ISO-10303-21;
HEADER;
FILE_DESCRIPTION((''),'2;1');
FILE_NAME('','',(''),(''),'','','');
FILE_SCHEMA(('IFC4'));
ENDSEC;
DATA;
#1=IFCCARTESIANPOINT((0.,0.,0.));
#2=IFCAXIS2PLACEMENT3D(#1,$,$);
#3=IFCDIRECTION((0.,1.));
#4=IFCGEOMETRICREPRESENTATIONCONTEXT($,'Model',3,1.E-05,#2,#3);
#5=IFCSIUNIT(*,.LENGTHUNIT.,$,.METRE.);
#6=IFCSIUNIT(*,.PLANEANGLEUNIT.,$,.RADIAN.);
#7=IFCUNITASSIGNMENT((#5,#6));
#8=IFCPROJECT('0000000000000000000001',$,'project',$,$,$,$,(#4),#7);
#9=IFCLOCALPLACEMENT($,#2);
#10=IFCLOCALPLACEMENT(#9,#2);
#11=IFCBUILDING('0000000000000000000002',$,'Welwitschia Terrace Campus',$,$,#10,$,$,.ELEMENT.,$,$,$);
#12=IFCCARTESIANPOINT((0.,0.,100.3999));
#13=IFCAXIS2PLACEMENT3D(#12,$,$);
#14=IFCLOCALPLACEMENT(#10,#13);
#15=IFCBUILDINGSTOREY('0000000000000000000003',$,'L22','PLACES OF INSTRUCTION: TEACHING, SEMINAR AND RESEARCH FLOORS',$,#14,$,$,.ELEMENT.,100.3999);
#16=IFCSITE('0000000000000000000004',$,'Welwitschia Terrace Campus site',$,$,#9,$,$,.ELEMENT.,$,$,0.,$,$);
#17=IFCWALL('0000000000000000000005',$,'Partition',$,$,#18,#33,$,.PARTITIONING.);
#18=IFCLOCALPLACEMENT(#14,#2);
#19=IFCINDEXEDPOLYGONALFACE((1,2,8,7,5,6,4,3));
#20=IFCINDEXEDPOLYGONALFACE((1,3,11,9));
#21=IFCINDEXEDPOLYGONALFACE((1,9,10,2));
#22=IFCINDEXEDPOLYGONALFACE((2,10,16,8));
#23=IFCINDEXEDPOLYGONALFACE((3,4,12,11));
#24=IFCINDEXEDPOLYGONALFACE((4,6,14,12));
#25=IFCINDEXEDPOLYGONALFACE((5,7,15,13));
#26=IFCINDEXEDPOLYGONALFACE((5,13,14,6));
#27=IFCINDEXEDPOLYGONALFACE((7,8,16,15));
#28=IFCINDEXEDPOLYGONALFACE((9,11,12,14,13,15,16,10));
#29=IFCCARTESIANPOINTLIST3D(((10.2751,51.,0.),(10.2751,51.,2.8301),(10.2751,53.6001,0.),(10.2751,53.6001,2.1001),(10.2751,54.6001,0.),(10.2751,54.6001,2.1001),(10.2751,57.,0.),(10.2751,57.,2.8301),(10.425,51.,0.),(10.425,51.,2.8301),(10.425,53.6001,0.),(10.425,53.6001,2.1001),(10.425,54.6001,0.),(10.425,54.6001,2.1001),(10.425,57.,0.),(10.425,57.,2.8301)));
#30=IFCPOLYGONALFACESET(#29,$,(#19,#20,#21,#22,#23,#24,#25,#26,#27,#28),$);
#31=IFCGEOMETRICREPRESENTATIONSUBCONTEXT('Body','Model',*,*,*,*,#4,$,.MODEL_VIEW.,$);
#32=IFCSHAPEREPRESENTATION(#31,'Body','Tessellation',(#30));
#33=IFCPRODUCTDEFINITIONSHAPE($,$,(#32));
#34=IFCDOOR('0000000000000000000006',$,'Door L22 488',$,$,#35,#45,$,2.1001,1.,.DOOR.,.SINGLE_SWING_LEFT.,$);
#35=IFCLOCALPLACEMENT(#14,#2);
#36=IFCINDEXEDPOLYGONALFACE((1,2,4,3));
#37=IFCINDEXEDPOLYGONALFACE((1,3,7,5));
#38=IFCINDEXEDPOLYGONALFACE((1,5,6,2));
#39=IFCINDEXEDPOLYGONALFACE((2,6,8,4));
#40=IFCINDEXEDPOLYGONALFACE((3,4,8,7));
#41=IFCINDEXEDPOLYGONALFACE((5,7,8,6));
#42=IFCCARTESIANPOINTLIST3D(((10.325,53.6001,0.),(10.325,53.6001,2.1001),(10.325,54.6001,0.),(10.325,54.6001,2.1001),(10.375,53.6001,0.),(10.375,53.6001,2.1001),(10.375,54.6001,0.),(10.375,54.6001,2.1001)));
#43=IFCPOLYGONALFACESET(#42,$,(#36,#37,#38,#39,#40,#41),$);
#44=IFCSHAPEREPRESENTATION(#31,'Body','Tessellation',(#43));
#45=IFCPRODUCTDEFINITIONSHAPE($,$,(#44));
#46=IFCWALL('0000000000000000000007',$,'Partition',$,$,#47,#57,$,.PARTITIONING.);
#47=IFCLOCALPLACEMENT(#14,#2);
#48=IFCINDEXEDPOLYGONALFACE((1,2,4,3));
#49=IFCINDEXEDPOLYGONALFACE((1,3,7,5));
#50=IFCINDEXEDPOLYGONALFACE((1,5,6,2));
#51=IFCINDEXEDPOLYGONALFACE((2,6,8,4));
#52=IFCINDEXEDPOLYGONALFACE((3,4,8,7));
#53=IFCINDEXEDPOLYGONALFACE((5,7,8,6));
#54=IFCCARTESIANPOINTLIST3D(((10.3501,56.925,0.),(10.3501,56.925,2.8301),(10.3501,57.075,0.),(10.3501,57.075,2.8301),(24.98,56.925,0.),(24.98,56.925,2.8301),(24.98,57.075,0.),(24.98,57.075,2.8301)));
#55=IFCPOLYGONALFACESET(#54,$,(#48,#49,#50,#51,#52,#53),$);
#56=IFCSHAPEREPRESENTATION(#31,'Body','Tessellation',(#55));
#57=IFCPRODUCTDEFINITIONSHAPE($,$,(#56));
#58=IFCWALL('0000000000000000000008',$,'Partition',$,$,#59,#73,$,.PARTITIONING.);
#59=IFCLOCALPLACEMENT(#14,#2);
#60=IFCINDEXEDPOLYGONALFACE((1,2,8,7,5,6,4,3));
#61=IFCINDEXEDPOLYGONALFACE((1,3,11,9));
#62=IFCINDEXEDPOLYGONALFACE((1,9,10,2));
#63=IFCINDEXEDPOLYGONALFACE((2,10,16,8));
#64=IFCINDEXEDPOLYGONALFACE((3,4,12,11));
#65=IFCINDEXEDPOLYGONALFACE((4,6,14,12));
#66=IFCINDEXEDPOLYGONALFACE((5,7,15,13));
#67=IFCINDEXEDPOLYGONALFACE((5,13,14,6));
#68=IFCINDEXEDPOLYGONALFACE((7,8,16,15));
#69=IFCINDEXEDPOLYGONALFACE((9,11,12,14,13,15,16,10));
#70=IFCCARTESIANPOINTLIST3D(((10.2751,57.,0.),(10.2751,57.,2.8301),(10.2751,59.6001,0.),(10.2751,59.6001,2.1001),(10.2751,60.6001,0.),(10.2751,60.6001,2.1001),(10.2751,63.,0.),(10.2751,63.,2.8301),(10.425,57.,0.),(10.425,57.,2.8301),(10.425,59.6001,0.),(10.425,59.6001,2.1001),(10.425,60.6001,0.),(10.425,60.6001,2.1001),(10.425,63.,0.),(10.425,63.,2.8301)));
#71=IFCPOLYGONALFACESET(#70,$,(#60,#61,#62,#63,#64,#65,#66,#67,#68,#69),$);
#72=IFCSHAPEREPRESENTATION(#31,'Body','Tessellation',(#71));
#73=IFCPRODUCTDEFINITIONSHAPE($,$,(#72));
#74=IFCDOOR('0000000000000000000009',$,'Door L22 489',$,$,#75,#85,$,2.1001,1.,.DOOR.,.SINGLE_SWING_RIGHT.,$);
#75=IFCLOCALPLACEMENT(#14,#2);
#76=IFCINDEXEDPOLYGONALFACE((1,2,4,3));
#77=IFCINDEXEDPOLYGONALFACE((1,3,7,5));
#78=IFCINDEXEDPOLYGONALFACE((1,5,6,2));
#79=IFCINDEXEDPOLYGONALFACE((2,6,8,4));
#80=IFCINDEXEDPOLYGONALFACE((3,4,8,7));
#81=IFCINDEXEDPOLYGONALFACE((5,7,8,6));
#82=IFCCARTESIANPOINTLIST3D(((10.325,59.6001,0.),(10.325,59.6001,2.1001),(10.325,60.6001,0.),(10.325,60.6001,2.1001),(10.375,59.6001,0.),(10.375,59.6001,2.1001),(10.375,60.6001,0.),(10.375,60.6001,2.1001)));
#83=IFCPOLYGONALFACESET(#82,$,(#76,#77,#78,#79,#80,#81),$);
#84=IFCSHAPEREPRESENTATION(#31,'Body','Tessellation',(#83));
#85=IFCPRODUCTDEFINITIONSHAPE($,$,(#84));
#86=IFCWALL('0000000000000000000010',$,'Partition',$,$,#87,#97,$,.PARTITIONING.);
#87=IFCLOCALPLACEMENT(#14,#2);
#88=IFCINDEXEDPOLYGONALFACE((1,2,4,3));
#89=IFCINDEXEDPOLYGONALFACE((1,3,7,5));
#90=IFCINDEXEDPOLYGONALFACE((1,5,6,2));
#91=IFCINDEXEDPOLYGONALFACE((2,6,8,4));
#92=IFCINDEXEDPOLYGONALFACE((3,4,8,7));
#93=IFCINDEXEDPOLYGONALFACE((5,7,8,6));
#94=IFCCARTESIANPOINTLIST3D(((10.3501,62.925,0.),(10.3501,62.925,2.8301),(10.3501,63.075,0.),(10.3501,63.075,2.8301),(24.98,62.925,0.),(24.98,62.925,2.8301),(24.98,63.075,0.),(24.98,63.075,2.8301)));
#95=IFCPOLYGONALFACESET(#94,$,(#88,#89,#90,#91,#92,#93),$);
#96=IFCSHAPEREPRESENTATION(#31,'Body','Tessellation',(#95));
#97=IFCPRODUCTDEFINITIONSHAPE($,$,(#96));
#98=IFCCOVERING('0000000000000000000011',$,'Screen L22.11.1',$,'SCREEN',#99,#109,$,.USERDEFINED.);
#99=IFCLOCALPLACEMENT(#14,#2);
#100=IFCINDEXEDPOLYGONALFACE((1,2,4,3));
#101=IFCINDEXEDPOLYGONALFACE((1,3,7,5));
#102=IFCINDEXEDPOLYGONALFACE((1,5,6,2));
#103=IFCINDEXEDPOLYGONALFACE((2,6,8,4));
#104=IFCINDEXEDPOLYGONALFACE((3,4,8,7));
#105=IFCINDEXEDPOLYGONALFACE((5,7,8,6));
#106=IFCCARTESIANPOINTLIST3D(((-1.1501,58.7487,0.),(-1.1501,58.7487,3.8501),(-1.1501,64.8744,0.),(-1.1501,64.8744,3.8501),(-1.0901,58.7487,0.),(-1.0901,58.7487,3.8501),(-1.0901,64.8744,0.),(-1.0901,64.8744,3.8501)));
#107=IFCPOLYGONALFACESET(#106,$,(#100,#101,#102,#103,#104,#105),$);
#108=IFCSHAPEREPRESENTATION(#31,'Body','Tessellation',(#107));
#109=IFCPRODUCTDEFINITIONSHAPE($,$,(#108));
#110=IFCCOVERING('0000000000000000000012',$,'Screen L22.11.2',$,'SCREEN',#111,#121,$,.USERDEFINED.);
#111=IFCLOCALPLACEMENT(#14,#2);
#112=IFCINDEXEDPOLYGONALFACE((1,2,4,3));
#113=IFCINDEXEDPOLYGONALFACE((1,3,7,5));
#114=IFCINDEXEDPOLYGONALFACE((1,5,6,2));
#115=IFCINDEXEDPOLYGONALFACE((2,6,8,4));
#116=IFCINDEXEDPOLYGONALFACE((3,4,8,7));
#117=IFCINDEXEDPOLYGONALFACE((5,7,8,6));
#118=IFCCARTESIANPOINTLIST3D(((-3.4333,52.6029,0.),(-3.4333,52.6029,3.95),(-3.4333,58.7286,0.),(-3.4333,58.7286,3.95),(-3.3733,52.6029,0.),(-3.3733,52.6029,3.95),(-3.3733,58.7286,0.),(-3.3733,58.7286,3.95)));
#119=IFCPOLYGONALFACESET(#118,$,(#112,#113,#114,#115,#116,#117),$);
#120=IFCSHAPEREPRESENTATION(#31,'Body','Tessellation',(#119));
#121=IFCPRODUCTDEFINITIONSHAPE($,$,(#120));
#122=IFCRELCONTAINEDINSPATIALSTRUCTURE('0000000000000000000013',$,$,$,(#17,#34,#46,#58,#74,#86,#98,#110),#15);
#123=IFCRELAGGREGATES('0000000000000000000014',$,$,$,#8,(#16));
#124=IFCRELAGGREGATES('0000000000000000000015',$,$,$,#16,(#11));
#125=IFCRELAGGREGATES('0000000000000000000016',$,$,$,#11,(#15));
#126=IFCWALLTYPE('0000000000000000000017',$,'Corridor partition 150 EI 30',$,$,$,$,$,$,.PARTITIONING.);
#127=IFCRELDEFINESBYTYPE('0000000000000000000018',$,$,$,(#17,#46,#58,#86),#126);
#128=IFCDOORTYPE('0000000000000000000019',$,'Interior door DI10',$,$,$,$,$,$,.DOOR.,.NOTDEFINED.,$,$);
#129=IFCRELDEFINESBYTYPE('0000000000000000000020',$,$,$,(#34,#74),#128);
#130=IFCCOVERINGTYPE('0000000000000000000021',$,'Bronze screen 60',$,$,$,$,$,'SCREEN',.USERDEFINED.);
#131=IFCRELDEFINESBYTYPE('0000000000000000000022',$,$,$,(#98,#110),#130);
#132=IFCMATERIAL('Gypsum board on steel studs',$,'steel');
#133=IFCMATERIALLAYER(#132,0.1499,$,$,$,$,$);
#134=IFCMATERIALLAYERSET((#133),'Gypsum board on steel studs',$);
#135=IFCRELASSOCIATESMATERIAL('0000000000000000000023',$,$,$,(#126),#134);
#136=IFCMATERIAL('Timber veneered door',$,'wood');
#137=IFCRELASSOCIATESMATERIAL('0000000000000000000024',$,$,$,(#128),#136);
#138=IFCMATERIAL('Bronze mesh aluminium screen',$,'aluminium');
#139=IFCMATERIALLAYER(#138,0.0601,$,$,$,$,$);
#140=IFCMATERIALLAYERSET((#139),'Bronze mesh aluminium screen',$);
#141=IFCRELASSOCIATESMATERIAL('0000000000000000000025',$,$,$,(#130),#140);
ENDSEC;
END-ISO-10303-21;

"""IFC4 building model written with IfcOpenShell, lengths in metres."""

from ifc_helpers import new_model, si_unit, direction, frame, frame_2d, origin, origin_2d, place, context, subcontext, project, spatial, rectangle, extrude, material, layer, layer_set, type_object, element, fill, save


model = new_model("IFC4")

# Units and contexts
model_context = context("Model", 3, precision=1e-05, world=origin(), true_north=direction((0.0, 1.0)))
body_context = subcontext(model_context, "Body", "Model", "MODEL_VIEW")
ifc_project = project(units=[si_unit("LENGTHUNIT", "METRE"), si_unit("PLANEANGLEUNIT", "RADIAN")], contexts=[model_context])

# Site, building, storey
site_placement = place(None, origin())
site = spatial("IfcSite", under=ifc_project, at=site_placement, Name="Welwitschia Terrace Campus site", CompositionType="ELEMENT", RefElevation=0.0)
building_placement = place(site_placement, origin())
building = spatial("IfcBuilding", under=site, at=building_placement, Name="Welwitschia Terrace Campus", CompositionType="ELEMENT")
storey_placement = place(building_placement, frame((0.0, 0.0, 100.3999)))
storey = spatial("IfcBuildingStorey", under=building, at=storey_placement, Name="L22", Description="PLACES OF INSTRUCTION: TEACHING, SEMINAR AND RESEARCH FLOORS", CompositionType="ELEMENT", Elevation=100.3999)

# Shared definitions
ifc_material_1 = material(Name="Gypsum board on steel studs", Category="steel")
ifc_layer_1 = layer(ifc_material_1, 0.1499)
ifc_layer_set_1 = layer_set([ifc_layer_1], Name="Gypsum board on steel studs")
wall_type = type_object("IfcWallType", Name="Corridor partition 150 EI 30", PredefinedType="PARTITIONING", material=ifc_layer_set_1)

# Wall, opening, door
wall_1_placement = place(storey_placement, frame((10.3501, 57.0, 0.0), z_axis=(0.0, 0.0, 1.0), x_axis=(0.0, -1.0, 0.0)))
wall_1 = element("IfcWall", 1, at=wall_1_placement, inside=storey, type_object=wall_type, Name="Partition", PredefinedType="PARTITIONING", context=body_context, shape_type="SweptSolid", body=[
    extrude(rectangle(XDim=6.0, YDim=0.1499, at=frame_2d((3.0, 0.0))), origin(), (0.0, 0.0, 1.0), 2.8301),
])
opening_1_placement = place(wall_1_placement, frame((2.3999, 0.0, 0.0)))
opening_1 = element("IfcOpeningElement", 2, at=opening_1_placement, cuts=wall_1, PredefinedType="OPENING", context=body_context, shape_type="SweptSolid", body=[
    extrude(rectangle(XDim=1.0, YDim=2.1001, at=frame_2d((0.5, 1.05))), frame((0.0, 0.085, 0.0), z_axis=(0.0, -1.0, 0.0), x_axis=(1.0, 0.0, 0.0)), (0.0, 0.0, 1.0), 0.1699),
])
ifc_material_2 = material(Name="Timber veneered door", Category="wood")
door_type_1 = type_object("IfcDoorType", Name="Interior door DI10", OperationType="NOTDEFINED", PredefinedType="DOOR", material=ifc_material_2)
door_1_placement = place(opening_1_placement, origin())
door_1 = element("IfcDoor", 3, at=door_1_placement, inside=storey, type_object=door_type_1, Name="Door L22 488", OperationType="SINGLE_SWING_LEFT", OverallHeight=2.1001, OverallWidth=1.0, PredefinedType="DOOR", context=body_context, shape_type="SweptSolid", body=[
    extrude(rectangle(XDim=1.0, YDim=2.1001, at=frame_2d((0.5, 1.05))), frame((0.0, 0.0249, 0.0), z_axis=(0.0, -1.0, 0.0), x_axis=(1.0, 0.0, 0.0)), (0.0, 0.0, 1.0), 0.05),
])
fill(opening_1, door_1)

# Wall
wall_2_placement = place(storey_placement, frame((10.3501, 57.0, 0.0), z_axis=(0.0, 0.0, 1.0), x_axis=(1.0, 0.0, 0.0)))
element("IfcWall", 4, at=wall_2_placement, inside=storey, type_object=wall_type, Name="Partition", PredefinedType="PARTITIONING", context=body_context, shape_type="SweptSolid", body=[
    extrude(rectangle(XDim=14.6299, YDim=0.1499, at=frame_2d((7.3149, 0.0))), origin(), (0.0, 0.0, 1.0), 2.8301),
])

# Wall, opening, door
wall_3_placement = place(storey_placement, frame((10.3501, 63.0, 0.0), z_axis=(0.0, 0.0, 1.0), x_axis=(0.0, -1.0, 0.0)))
wall_3 = element("IfcWall", 5, at=wall_3_placement, inside=storey, type_object=wall_type, Name="Partition", PredefinedType="PARTITIONING", context=body_context, shape_type="SweptSolid", body=[
    extrude(rectangle(XDim=6.0, YDim=0.1499, at=frame_2d((3.0, 0.0))), origin(), (0.0, 0.0, 1.0), 2.8301),
])
opening_2_placement = place(wall_3_placement, frame((2.3999, 0.0, 0.0)))
opening_2 = element("IfcOpeningElement", 6, at=opening_2_placement, cuts=wall_3, PredefinedType="OPENING", context=body_context, shape_type="SweptSolid", body=[
    extrude(rectangle(XDim=1.0, YDim=2.1001, at=frame_2d((0.5, 1.05))), frame((0.0, 0.085, 0.0), z_axis=(0.0, -1.0, 0.0), x_axis=(1.0, 0.0, 0.0)), (0.0, 0.0, 1.0), 0.1699),
])
door_2_placement = place(opening_2_placement, origin())
door_2 = element("IfcDoor", 7, at=door_2_placement, inside=storey, type_object=door_type_1, Name="Door L22 489", OperationType="SINGLE_SWING_RIGHT", OverallHeight=2.1001, OverallWidth=1.0, PredefinedType="DOOR", context=body_context, shape_type="SweptSolid", body=[
    extrude(rectangle(XDim=1.0, YDim=2.1001, at=frame_2d((0.5, 1.05))), frame((0.0, 0.0249, 0.0), z_axis=(0.0, -1.0, 0.0), x_axis=(1.0, 0.0, 0.0)), (0.0, 0.0, 1.0), 0.05),
])
fill(opening_2, door_2)

# Wall
wall_4_placement = place(storey_placement, frame((10.3501, 63.0, 0.0), z_axis=(0.0, 0.0, 1.0), x_axis=(1.0, 0.0, 0.0)))
element("IfcWall", 8, at=wall_4_placement, inside=storey, type_object=wall_type, Name="Partition", PredefinedType="PARTITIONING", context=body_context, shape_type="SweptSolid", body=[
    extrude(rectangle(XDim=14.6299, YDim=0.1499, at=frame_2d((7.3149, 0.0))), origin(), (0.0, 0.0, 1.0), 2.8301),
])

# Coverings
ifc_material_3 = material(Name="Bronze mesh aluminium screen", Category="aluminium")
ifc_layer_2 = layer(ifc_material_3, 0.0601)
ifc_layer_set_2 = layer_set([ifc_layer_2], Name="Bronze mesh aluminium screen")
covering_type = type_object("IfcCoveringType", Name="Bronze screen 60", ElementType="SCREEN", PredefinedType="USERDEFINED", material=ifc_layer_set_2)
covering_1_placement = place(storey_placement, frame((-1.1201, 61.8115, 0.0), z_axis=(0.0, 0.0, 1.0), x_axis=(0.0, -1.0, 0.0)))
element("IfcCovering", 9, at=covering_1_placement, inside=storey, type_object=covering_type, Name="Screen L22.11.1", ObjectType="SCREEN", PredefinedType="USERDEFINED", context=body_context, shape_type="SweptSolid", body=[
    extrude(rectangle(XDim=6.1257, YDim=0.0601, at=origin_2d()), origin(), (0.0, 0.0, 1.0), 3.8501),
])
covering_2_placement = place(storey_placement, frame((-3.4033, 55.6658, 0.0), z_axis=(0.0, 0.0, 1.0), x_axis=(0.0, -1.0, 0.0)))
element("IfcCovering", 10, at=covering_2_placement, inside=storey, type_object=covering_type, Name="Screen L22.11.2", ObjectType="SCREEN", PredefinedType="USERDEFINED", context=body_context, shape_type="SweptSolid", body=[
    extrude(rectangle(XDim=6.1257, YDim=0.0601, at=origin_2d()), origin(), (0.0, 0.0, 1.0), 3.95),
])

save(model, "model.ifc")
